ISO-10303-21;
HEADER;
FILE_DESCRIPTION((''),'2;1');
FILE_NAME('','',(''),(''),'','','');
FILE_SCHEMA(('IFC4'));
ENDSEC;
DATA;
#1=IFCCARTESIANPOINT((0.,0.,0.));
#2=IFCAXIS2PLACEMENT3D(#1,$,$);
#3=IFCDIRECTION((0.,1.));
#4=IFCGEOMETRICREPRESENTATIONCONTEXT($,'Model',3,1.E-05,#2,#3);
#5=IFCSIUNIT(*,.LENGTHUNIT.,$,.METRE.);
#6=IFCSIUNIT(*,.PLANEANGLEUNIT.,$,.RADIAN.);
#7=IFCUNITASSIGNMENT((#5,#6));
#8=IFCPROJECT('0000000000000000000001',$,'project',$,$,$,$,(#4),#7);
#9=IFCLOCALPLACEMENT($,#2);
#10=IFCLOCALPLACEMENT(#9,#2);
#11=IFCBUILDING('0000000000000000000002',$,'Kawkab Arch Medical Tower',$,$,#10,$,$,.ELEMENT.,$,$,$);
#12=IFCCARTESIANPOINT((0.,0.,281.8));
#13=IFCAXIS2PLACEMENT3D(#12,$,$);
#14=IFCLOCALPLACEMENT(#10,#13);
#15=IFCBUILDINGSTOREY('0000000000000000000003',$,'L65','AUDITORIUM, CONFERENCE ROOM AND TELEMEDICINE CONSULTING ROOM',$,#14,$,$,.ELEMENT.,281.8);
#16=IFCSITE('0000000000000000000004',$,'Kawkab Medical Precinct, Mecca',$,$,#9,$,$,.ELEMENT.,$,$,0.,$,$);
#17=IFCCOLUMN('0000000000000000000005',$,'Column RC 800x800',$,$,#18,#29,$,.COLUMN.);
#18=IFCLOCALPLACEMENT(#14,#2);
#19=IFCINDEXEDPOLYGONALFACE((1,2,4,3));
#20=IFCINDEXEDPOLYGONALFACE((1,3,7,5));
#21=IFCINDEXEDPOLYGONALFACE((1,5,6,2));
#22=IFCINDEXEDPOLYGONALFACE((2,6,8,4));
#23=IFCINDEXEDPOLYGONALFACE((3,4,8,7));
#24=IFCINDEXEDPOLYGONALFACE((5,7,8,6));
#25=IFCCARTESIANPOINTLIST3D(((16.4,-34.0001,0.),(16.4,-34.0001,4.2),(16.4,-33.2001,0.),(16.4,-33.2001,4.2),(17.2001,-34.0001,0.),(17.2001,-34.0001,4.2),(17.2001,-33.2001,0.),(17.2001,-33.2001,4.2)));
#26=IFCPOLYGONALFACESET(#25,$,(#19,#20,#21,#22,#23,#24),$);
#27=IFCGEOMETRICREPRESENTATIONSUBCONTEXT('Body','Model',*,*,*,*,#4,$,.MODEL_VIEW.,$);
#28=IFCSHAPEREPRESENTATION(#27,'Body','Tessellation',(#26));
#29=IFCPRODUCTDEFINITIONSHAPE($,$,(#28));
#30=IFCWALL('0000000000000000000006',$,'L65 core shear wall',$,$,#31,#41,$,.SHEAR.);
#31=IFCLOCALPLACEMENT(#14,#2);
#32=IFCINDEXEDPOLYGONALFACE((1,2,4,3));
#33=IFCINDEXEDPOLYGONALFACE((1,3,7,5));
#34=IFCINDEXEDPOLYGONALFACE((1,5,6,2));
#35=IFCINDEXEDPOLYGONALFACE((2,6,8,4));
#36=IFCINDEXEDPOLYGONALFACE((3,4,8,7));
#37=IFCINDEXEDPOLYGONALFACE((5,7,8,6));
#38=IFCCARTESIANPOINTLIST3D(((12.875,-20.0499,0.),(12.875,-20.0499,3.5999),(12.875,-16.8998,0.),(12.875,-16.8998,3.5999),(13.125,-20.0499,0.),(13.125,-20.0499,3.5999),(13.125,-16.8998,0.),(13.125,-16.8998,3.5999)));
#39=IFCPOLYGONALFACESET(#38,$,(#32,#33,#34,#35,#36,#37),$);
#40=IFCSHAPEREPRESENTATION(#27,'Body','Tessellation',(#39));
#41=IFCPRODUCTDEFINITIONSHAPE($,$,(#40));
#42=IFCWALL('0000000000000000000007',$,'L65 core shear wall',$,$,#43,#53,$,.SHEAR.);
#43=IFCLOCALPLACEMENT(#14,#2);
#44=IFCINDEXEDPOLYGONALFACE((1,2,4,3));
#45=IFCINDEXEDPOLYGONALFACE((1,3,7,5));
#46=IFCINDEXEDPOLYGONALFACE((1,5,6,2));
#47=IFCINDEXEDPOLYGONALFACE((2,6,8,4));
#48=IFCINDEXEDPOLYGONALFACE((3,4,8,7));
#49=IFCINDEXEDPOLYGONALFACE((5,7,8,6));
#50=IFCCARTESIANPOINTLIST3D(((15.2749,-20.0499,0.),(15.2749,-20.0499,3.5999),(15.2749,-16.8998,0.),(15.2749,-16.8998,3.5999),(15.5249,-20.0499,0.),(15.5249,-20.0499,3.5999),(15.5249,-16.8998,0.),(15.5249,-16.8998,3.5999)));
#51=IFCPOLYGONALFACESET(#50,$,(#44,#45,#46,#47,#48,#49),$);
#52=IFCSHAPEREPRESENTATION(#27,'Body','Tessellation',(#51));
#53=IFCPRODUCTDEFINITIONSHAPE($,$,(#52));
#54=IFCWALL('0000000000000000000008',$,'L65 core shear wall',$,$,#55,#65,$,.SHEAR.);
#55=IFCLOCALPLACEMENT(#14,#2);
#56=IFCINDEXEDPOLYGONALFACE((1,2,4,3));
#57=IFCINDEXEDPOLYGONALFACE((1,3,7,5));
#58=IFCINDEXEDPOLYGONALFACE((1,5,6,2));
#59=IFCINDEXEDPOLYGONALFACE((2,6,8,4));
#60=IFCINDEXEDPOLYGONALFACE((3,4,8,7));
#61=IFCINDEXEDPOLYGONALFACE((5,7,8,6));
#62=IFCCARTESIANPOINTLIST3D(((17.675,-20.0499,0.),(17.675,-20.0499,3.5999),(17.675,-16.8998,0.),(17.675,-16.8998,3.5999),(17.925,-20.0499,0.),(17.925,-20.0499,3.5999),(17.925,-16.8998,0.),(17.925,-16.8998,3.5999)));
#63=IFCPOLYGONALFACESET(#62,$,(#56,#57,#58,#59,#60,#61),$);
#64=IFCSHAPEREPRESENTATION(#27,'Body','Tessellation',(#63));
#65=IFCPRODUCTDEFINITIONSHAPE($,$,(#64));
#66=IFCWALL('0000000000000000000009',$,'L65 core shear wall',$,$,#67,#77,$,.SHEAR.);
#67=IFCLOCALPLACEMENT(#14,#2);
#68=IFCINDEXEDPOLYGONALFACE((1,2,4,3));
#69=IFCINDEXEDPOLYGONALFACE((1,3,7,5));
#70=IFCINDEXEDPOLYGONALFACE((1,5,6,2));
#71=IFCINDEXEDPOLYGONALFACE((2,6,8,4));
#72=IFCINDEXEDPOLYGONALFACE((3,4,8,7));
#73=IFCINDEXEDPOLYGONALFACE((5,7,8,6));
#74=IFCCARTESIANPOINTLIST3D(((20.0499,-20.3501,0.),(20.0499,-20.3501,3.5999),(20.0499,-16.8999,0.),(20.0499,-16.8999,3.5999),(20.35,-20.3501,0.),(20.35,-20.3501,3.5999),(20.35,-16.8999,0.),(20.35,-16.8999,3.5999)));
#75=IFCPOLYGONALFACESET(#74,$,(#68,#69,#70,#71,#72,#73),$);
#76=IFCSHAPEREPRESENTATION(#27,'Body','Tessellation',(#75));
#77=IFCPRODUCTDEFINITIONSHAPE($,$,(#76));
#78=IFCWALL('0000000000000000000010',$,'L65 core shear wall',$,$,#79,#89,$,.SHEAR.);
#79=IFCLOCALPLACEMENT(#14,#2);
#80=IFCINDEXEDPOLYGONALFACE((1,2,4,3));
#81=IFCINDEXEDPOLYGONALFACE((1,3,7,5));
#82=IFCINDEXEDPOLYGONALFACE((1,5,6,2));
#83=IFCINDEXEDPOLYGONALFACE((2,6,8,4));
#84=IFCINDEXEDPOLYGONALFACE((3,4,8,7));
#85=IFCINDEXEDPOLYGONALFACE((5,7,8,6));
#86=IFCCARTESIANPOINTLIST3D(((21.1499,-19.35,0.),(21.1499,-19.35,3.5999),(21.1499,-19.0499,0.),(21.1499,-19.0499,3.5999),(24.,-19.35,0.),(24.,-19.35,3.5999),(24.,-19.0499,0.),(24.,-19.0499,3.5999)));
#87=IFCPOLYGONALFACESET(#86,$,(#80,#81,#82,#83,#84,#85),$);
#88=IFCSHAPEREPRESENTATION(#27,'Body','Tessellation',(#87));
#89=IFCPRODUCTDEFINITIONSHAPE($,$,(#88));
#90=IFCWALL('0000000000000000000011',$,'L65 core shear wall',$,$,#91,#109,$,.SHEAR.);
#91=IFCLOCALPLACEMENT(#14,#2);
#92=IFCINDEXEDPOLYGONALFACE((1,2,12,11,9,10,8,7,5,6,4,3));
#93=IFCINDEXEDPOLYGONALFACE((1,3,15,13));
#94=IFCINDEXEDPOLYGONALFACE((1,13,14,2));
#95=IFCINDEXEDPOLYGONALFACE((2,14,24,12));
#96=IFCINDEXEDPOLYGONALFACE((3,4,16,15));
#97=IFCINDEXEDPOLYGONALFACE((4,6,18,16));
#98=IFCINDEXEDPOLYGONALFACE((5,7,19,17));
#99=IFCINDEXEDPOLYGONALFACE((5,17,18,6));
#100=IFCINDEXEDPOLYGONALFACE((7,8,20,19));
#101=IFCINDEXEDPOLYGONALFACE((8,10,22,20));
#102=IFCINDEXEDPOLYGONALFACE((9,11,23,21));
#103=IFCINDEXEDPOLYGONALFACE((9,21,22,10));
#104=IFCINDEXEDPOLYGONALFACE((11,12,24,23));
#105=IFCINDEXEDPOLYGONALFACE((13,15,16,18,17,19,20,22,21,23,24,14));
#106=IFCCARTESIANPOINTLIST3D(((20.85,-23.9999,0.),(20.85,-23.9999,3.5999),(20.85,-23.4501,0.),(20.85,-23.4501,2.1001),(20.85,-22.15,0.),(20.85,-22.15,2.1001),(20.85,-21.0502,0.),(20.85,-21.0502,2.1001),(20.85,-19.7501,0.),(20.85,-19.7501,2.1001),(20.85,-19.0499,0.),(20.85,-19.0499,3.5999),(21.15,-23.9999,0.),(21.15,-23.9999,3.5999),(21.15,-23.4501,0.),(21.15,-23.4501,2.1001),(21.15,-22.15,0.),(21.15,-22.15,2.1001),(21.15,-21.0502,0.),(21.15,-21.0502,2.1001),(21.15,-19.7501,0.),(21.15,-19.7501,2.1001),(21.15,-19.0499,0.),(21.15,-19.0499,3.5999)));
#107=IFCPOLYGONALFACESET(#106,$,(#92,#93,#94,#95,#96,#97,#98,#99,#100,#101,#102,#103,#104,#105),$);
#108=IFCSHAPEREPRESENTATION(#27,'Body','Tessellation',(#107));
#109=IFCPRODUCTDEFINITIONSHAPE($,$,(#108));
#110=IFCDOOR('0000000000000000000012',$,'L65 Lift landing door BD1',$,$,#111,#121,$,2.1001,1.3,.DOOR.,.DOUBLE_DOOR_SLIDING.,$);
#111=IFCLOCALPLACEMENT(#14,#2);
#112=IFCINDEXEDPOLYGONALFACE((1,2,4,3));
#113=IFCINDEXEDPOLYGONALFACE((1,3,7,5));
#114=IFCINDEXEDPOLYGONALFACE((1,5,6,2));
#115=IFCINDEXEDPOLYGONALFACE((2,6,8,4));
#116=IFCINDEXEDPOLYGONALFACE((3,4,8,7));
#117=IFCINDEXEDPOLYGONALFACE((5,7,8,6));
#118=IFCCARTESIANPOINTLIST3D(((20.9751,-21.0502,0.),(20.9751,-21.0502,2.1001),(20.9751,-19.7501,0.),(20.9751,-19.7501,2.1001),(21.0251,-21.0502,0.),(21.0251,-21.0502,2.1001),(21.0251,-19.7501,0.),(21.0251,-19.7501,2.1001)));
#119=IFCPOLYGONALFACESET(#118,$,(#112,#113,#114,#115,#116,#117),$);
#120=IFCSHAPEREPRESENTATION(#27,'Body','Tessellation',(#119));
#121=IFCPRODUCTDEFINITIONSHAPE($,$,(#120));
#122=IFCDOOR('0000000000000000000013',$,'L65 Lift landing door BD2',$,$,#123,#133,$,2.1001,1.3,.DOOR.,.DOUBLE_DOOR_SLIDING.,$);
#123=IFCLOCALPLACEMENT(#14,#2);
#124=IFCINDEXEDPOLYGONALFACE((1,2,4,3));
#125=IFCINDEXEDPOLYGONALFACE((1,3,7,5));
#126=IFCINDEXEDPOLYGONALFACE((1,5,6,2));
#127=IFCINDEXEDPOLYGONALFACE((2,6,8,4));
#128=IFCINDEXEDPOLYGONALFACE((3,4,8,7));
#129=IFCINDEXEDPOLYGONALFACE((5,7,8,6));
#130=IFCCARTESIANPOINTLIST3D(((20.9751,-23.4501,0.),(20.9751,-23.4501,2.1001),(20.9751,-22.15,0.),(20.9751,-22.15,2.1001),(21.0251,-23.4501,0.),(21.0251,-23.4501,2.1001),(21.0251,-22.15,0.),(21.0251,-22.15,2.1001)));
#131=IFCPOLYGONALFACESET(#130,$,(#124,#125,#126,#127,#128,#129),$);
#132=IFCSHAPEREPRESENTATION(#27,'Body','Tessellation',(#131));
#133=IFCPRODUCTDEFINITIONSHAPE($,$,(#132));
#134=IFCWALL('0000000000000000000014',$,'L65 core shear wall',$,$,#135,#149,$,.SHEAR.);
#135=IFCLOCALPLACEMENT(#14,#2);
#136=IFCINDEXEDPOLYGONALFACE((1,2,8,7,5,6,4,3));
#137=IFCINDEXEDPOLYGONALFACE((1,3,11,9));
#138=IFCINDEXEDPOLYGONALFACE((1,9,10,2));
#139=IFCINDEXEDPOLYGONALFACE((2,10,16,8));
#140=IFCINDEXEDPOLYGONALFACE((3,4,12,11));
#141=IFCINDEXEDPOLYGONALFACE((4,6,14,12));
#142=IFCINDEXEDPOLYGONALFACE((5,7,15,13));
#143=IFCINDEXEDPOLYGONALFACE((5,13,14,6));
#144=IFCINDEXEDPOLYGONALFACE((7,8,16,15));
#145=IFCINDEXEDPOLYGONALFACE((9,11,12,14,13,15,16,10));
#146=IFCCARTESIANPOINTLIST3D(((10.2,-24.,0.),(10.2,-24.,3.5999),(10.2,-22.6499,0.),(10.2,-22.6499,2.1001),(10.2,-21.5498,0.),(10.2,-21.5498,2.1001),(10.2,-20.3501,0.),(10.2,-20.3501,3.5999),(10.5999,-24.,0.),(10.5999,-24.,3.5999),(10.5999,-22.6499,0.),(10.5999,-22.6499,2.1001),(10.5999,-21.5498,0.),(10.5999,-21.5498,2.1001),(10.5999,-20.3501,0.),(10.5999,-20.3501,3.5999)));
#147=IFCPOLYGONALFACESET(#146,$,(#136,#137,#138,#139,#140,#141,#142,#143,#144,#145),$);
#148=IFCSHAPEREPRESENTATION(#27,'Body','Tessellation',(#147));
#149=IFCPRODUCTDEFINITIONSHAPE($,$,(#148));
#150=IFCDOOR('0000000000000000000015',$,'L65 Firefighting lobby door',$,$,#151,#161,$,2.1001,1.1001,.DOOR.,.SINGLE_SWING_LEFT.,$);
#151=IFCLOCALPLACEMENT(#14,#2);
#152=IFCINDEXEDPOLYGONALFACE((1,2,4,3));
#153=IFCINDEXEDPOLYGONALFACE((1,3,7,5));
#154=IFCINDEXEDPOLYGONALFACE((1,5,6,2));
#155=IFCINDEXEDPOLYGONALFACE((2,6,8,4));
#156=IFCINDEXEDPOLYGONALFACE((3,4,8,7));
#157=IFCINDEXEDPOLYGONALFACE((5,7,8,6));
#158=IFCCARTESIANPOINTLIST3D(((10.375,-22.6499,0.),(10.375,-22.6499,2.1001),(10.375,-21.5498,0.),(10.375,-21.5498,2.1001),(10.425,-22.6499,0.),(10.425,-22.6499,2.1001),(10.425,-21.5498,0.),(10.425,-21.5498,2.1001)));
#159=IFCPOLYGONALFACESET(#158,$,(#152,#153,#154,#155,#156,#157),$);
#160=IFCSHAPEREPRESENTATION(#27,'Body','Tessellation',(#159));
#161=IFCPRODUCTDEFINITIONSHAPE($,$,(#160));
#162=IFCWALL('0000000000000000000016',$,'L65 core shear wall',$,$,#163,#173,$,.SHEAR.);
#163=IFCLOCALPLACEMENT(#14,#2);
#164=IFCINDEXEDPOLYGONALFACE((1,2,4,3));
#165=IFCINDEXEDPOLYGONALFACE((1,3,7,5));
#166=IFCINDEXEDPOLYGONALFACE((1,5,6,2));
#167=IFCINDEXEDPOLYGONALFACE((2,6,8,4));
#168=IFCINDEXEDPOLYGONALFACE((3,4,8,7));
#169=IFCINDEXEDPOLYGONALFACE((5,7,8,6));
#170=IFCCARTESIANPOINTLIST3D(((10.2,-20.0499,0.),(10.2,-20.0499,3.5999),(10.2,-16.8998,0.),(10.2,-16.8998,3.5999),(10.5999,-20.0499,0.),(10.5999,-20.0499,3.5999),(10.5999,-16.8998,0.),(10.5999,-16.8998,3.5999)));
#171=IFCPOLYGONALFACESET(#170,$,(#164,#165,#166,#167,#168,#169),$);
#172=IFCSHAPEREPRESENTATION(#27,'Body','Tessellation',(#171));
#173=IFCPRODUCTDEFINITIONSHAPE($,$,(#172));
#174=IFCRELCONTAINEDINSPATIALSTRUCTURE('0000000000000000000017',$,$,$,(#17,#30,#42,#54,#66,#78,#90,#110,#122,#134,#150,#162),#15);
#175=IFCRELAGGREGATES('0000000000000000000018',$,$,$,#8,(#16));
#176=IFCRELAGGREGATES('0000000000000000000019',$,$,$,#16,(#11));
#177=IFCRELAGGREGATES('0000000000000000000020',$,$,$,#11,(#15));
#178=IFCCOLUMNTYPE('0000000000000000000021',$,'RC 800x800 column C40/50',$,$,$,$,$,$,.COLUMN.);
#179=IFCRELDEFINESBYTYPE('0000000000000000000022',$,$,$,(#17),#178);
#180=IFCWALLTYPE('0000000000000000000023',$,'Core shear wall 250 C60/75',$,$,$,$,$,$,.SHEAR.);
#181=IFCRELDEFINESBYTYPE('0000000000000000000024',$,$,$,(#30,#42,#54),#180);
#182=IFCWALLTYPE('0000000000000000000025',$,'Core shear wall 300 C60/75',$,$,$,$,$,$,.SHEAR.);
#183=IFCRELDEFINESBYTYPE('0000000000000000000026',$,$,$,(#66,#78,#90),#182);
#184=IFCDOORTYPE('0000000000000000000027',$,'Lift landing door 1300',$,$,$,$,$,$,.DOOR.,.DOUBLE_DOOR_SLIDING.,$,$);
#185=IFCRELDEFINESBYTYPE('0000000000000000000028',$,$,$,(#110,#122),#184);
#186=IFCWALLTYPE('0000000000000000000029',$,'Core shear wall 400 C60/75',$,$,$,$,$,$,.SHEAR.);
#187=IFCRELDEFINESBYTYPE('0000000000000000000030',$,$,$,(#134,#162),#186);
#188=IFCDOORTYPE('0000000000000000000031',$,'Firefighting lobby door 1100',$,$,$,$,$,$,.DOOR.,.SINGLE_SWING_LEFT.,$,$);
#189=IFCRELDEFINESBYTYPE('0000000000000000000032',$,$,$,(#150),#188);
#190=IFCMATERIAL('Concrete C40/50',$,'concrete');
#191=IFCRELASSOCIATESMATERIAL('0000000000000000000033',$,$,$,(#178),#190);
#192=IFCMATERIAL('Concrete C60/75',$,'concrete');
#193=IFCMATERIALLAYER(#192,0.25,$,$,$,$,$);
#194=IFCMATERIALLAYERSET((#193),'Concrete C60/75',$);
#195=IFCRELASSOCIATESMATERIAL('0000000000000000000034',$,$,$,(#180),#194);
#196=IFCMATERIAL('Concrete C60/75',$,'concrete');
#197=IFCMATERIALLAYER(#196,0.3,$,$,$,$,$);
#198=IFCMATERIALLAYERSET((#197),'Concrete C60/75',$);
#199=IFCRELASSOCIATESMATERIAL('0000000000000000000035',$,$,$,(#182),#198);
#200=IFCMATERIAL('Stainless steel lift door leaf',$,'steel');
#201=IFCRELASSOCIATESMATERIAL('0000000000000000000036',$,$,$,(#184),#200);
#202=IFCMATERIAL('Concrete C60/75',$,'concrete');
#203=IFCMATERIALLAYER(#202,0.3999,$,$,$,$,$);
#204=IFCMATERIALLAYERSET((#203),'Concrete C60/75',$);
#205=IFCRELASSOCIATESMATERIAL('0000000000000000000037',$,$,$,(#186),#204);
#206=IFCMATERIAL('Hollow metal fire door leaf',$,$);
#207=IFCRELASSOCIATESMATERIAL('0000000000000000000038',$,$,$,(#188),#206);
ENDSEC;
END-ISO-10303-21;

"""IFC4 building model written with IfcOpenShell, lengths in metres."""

from ifc_helpers import new_model, si_unit, direction, frame, frame_2d, origin, origin_2d, place, context, subcontext, project, spatial, rectangle, extrude, material, layer, layer_set, material_profile, profile_set, type_object, element, fill, save


model = new_model("IFC4")

# Units and contexts
model_context = context("Model", 3, precision=1e-05, world=origin(), true_north=direction((0.0, 1.0)))
body_context = subcontext(model_context, "Body", "Model", "MODEL_VIEW")
ifc_project = project(units=[si_unit("LENGTHUNIT", "METRE"), si_unit("PLANEANGLEUNIT", "RADIAN")], contexts=[model_context])

# Site, building, storey
site_placement = place(None, origin())
site = spatial("IfcSite", under=ifc_project, at=site_placement, Name="Kawkab Medical Precinct, Mecca", CompositionType="ELEMENT", RefElevation=0.0)
building_placement = place(site_placement, origin())
building = spatial("IfcBuilding", under=site, at=building_placement, Name="Kawkab Arch Medical Tower", CompositionType="ELEMENT")
storey_placement = place(building_placement, frame((0.0, 0.0, 281.8)))
storey = spatial("IfcBuildingStorey", under=building, at=storey_placement, Name="L65", Description="AUDITORIUM, CONFERENCE ROOM AND TELEMEDICINE CONSULTING ROOM", CompositionType="ELEMENT", Elevation=281.8)

# Column
ifc_material_1 = material(Name="Concrete C40/50", Category="concrete")
ifc_material_profile = material_profile(ifc_material_1, rectangle(XDim=0.8, YDim=0.8, at=origin_2d()), Name="RC 800x800")
ifc_profile_set = profile_set([ifc_material_profile], Name="Concrete C40/50")
column_type = type_object("IfcColumnType", Name="RC 800x800 column C40/50", PredefinedType="COLUMN", material=ifc_profile_set)
column_placement = place(storey_placement, frame((16.8, -33.6001, 0.0), z_axis=(0.0, 0.0, 1.0), x_axis=(1.0, 0.0, 0.0)))
element("IfcColumn", 1, at=column_placement, inside=storey, type_object=column_type, Name="Column RC 800x800", PredefinedType="COLUMN", context=body_context, shape_type="SweptSolid", body=[
    extrude(rectangle(XDim=0.8, YDim=0.8, at=origin_2d()), origin(), (0.0, 0.0, 1.0), 4.2),
])

# Walls
ifc_material_2 = material(Name="Concrete C60/75", Category="concrete")
ifc_layer_1 = layer(ifc_material_2, 0.25)
ifc_layer_set_1 = layer_set([ifc_layer_1], Name="Concrete C60/75")
wall_type_1 = type_object("IfcWallType", Name="Core shear wall 250 C60/75", PredefinedType="SHEAR", material=ifc_layer_set_1)
for number, where, z_axis, x_axis, name in (
    (2, (13.0, -20.05, 0.0), (0.0, 0.0, 1.0), (0.0, 1.0, 0.0), "L65 core shear wall"),
    (3, (15.3999, -20.05, 0.0), (0.0, 0.0, 1.0), (0.0, 1.0, 0.0), "L65 core shear wall"),
    (4, (17.8, -20.05, 0.0), (0.0, 0.0, 1.0), (0.0, 1.0, 0.0), "L65 core shear wall"),
):
    element("IfcWall", number, at=place(storey_placement, frame(where, z_axis=z_axis, x_axis=x_axis)), inside=storey, type_object=wall_type_1, Name=name, PredefinedType="SHEAR", context=body_context, shape_type="SweptSolid", body=[
        extrude(rectangle(XDim=3.1501, YDim=0.25, at=frame_2d((1.5752, 0.0))), origin(), (0.0, 0.0, 1.0), 3.5999),
    ])
ifc_material_3 = material(Name="Concrete C60/75", Category="concrete")
ifc_layer_2 = layer(ifc_material_3, 0.3)
ifc_layer_set_2 = layer_set([ifc_layer_2], Name="Concrete C60/75")
wall_type_2 = type_object("IfcWallType", Name="Core shear wall 300 C60/75", PredefinedType="SHEAR", material=ifc_layer_set_2)
wall_1_placement = place(storey_placement, frame((20.2, -20.3501, 0.0), z_axis=(0.0, 0.0, 1.0), x_axis=(0.0, 1.0, 0.0)))
element("IfcWall", 5, at=wall_1_placement, inside=storey, type_object=wall_type_2, Name="L65 core shear wall", PredefinedType="SHEAR", context=body_context, shape_type="SweptSolid", body=[
    extrude(rectangle(XDim=3.4502, YDim=0.3, at=frame_2d((1.7251, 0.0))), origin(), (0.0, 0.0, 1.0), 3.5999),
])
wall_2_placement = place(storey_placement, frame((21.1499, -19.2, 0.0), z_axis=(0.0, 0.0, 1.0), x_axis=(1.0, 0.0, 0.0)))
element("IfcWall", 6, at=wall_2_placement, inside=storey, type_object=wall_type_2, Name="L65 core shear wall", PredefinedType="SHEAR", context=body_context, shape_type="SweptSolid", body=[
    extrude(rectangle(XDim=2.8501, YDim=0.3, at=frame_2d((1.425, 0.0))), origin(), (0.0, 0.0, 1.0), 3.5999),
])

# Wall, openings, doors
wall_3_placement = place(storey_placement, frame((21.0, -24.0, 0.0), z_axis=(0.0, 0.0, 1.0), x_axis=(0.0, 1.0, 0.0)))
wall_3 = element("IfcWall", 7, at=wall_3_placement, inside=storey, type_object=wall_type_2, Name="L65 core shear wall", PredefinedType="SHEAR", context=body_context, shape_type="SweptSolid", body=[
    extrude(rectangle(XDim=4.95, YDim=0.3, at=frame_2d((2.4751, 0.0))), origin(), (0.0, 0.0, 1.0), 3.5999),
])
opening_1_placement = place(wall_3_placement, frame((2.95, 0.0, 0.0)))
opening_1 = element("IfcOpeningElement", 8, at=opening_1_placement, cuts=wall_3, PredefinedType="OPENING", context=body_context, shape_type="SweptSolid", body=[
    extrude(rectangle(XDim=1.3, YDim=2.1001, at=frame_2d((0.6499, 1.05))), frame((0.0, 0.1599, 0.0), z_axis=(0.0, -1.0, 0.0), x_axis=(1.0, 0.0, 0.0)), (0.0, 0.0, 1.0), 0.3201),
])
opening_2_placement = place(wall_3_placement, frame((0.55, 0.0, 0.0)))
opening_2 = element("IfcOpeningElement", 9, at=opening_2_placement, cuts=wall_3, PredefinedType="OPENING", context=body_context, shape_type="SweptSolid", body=[
    extrude(rectangle(XDim=1.3, YDim=2.1001, at=frame_2d((0.6499, 1.05))), frame((0.0, 0.1599, 0.0), z_axis=(0.0, -1.0, 0.0), x_axis=(1.0, 0.0, 0.0)), (0.0, 0.0, 1.0), 0.3201),
])
ifc_material_4 = material(Name="Stainless steel lift door leaf", Category="steel")
door_type_1 = type_object("IfcDoorType", Name="Lift landing door 1300", OperationType="DOUBLE_DOOR_SLIDING", PredefinedType="DOOR", material=ifc_material_4)
door_1_placement = place(opening_1_placement, origin())
door_1 = element("IfcDoor", 10, at=door_1_placement, inside=storey, type_object=door_type_1, Name="L65 Lift landing door BD1", OperationType="DOUBLE_DOOR_SLIDING", OverallHeight=2.1001, OverallWidth=1.3, PredefinedType="DOOR", context=body_context, shape_type="SweptSolid", body=[
    extrude(rectangle(XDim=1.3, YDim=2.1001, at=frame_2d((0.6499, 1.05))), frame((0.0, 0.0249, 0.0), z_axis=(0.0, -1.0, 0.0), x_axis=(1.0, 0.0, 0.0)), (0.0, 0.0, 1.0), 0.05),
])
fill(opening_1, door_1)
door_2_placement = place(opening_2_placement, origin())
door_2 = element("IfcDoor", 11, at=door_2_placement, inside=storey, type_object=door_type_1, Name="L65 Lift landing door BD2", OperationType="DOUBLE_DOOR_SLIDING", OverallHeight=2.1001, OverallWidth=1.3, PredefinedType="DOOR", context=body_context, shape_type="SweptSolid", body=[
    extrude(rectangle(XDim=1.3, YDim=2.1001, at=frame_2d((0.6499, 1.05))), frame((0.0, 0.0249, 0.0), z_axis=(0.0, -1.0, 0.0), x_axis=(1.0, 0.0, 0.0)), (0.0, 0.0, 1.0), 0.05),
])
fill(opening_2, door_2)

# Wall, opening, door
ifc_material_5 = material(Name="Concrete C60/75", Category="concrete")
ifc_layer_3 = layer(ifc_material_5, 0.3999)
ifc_layer_set_3 = layer_set([ifc_layer_3], Name="Concrete C60/75")
wall_type_3 = type_object("IfcWallType", Name="Core shear wall 400 C60/75", PredefinedType="SHEAR", material=ifc_layer_set_3)
wall_4_placement = place(storey_placement, frame((10.3999, -24.0, 0.0), z_axis=(0.0, 0.0, 1.0), x_axis=(0.0, 1.0, 0.0)))
wall_4 = element("IfcWall", 12, at=wall_4_placement, inside=storey, type_object=wall_type_3, Name="L65 core shear wall", PredefinedType="SHEAR", context=body_context, shape_type="SweptSolid", body=[
    extrude(rectangle(XDim=3.6499, YDim=0.3999, at=frame_2d((1.825, 0.0))), origin(), (0.0, 0.0, 1.0), 3.5999),
])
opening_3_placement = place(wall_4_placement, frame((1.3501, 0.0, 0.0)))
opening_3 = element("IfcOpeningElement", 13, at=opening_3_placement, cuts=wall_4, PredefinedType="OPENING", context=body_context, shape_type="SweptSolid", body=[
    extrude(rectangle(XDim=1.1001, YDim=2.1001, at=frame_2d((0.55, 1.05))), frame((0.0, 0.21, 0.0), z_axis=(0.0, -1.0, 0.0), x_axis=(1.0, 0.0, 0.0)), (0.0, 0.0, 1.0), 0.4199),
])
ifc_material_6 = material(Name="Hollow metal fire door leaf")
door_type_2 = type_object("IfcDoorType", Name="Firefighting lobby door 1100", OperationType="SINGLE_SWING_LEFT", PredefinedType="DOOR", material=ifc_material_6)
door_3_placement = place(opening_3_placement, origin())
door_3 = element("IfcDoor", 14, at=door_3_placement, inside=storey, type_object=door_type_2, Name="L65 Firefighting lobby door", OperationType="SINGLE_SWING_LEFT", OverallHeight=2.1001, OverallWidth=1.1001, PredefinedType="DOOR", context=body_context, shape_type="SweptSolid", body=[
    extrude(rectangle(XDim=1.1001, YDim=2.1001, at=frame_2d((0.55, 1.05))), frame((0.0, 0.0249, 0.0), z_axis=(0.0, -1.0, 0.0), x_axis=(1.0, 0.0, 0.0)), (0.0, 0.0, 1.0), 0.05),
])
fill(opening_3, door_3)

# Wall
wall_5_placement = place(storey_placement, frame((10.3999, -20.05, 0.0), z_axis=(0.0, 0.0, 1.0), x_axis=(0.0, 1.0, 0.0)))
element("IfcWall", 15, at=wall_5_placement, inside=storey, type_object=wall_type_3, Name="L65 core shear wall", PredefinedType="SHEAR", context=body_context, shape_type="SweptSolid", body=[
    extrude(rectangle(XDim=3.1501, YDim=0.3999, at=frame_2d((1.5752, 0.0))), origin(), (0.0, 0.0, 1.0), 3.5999),
])

save(model, "model.ifc")
